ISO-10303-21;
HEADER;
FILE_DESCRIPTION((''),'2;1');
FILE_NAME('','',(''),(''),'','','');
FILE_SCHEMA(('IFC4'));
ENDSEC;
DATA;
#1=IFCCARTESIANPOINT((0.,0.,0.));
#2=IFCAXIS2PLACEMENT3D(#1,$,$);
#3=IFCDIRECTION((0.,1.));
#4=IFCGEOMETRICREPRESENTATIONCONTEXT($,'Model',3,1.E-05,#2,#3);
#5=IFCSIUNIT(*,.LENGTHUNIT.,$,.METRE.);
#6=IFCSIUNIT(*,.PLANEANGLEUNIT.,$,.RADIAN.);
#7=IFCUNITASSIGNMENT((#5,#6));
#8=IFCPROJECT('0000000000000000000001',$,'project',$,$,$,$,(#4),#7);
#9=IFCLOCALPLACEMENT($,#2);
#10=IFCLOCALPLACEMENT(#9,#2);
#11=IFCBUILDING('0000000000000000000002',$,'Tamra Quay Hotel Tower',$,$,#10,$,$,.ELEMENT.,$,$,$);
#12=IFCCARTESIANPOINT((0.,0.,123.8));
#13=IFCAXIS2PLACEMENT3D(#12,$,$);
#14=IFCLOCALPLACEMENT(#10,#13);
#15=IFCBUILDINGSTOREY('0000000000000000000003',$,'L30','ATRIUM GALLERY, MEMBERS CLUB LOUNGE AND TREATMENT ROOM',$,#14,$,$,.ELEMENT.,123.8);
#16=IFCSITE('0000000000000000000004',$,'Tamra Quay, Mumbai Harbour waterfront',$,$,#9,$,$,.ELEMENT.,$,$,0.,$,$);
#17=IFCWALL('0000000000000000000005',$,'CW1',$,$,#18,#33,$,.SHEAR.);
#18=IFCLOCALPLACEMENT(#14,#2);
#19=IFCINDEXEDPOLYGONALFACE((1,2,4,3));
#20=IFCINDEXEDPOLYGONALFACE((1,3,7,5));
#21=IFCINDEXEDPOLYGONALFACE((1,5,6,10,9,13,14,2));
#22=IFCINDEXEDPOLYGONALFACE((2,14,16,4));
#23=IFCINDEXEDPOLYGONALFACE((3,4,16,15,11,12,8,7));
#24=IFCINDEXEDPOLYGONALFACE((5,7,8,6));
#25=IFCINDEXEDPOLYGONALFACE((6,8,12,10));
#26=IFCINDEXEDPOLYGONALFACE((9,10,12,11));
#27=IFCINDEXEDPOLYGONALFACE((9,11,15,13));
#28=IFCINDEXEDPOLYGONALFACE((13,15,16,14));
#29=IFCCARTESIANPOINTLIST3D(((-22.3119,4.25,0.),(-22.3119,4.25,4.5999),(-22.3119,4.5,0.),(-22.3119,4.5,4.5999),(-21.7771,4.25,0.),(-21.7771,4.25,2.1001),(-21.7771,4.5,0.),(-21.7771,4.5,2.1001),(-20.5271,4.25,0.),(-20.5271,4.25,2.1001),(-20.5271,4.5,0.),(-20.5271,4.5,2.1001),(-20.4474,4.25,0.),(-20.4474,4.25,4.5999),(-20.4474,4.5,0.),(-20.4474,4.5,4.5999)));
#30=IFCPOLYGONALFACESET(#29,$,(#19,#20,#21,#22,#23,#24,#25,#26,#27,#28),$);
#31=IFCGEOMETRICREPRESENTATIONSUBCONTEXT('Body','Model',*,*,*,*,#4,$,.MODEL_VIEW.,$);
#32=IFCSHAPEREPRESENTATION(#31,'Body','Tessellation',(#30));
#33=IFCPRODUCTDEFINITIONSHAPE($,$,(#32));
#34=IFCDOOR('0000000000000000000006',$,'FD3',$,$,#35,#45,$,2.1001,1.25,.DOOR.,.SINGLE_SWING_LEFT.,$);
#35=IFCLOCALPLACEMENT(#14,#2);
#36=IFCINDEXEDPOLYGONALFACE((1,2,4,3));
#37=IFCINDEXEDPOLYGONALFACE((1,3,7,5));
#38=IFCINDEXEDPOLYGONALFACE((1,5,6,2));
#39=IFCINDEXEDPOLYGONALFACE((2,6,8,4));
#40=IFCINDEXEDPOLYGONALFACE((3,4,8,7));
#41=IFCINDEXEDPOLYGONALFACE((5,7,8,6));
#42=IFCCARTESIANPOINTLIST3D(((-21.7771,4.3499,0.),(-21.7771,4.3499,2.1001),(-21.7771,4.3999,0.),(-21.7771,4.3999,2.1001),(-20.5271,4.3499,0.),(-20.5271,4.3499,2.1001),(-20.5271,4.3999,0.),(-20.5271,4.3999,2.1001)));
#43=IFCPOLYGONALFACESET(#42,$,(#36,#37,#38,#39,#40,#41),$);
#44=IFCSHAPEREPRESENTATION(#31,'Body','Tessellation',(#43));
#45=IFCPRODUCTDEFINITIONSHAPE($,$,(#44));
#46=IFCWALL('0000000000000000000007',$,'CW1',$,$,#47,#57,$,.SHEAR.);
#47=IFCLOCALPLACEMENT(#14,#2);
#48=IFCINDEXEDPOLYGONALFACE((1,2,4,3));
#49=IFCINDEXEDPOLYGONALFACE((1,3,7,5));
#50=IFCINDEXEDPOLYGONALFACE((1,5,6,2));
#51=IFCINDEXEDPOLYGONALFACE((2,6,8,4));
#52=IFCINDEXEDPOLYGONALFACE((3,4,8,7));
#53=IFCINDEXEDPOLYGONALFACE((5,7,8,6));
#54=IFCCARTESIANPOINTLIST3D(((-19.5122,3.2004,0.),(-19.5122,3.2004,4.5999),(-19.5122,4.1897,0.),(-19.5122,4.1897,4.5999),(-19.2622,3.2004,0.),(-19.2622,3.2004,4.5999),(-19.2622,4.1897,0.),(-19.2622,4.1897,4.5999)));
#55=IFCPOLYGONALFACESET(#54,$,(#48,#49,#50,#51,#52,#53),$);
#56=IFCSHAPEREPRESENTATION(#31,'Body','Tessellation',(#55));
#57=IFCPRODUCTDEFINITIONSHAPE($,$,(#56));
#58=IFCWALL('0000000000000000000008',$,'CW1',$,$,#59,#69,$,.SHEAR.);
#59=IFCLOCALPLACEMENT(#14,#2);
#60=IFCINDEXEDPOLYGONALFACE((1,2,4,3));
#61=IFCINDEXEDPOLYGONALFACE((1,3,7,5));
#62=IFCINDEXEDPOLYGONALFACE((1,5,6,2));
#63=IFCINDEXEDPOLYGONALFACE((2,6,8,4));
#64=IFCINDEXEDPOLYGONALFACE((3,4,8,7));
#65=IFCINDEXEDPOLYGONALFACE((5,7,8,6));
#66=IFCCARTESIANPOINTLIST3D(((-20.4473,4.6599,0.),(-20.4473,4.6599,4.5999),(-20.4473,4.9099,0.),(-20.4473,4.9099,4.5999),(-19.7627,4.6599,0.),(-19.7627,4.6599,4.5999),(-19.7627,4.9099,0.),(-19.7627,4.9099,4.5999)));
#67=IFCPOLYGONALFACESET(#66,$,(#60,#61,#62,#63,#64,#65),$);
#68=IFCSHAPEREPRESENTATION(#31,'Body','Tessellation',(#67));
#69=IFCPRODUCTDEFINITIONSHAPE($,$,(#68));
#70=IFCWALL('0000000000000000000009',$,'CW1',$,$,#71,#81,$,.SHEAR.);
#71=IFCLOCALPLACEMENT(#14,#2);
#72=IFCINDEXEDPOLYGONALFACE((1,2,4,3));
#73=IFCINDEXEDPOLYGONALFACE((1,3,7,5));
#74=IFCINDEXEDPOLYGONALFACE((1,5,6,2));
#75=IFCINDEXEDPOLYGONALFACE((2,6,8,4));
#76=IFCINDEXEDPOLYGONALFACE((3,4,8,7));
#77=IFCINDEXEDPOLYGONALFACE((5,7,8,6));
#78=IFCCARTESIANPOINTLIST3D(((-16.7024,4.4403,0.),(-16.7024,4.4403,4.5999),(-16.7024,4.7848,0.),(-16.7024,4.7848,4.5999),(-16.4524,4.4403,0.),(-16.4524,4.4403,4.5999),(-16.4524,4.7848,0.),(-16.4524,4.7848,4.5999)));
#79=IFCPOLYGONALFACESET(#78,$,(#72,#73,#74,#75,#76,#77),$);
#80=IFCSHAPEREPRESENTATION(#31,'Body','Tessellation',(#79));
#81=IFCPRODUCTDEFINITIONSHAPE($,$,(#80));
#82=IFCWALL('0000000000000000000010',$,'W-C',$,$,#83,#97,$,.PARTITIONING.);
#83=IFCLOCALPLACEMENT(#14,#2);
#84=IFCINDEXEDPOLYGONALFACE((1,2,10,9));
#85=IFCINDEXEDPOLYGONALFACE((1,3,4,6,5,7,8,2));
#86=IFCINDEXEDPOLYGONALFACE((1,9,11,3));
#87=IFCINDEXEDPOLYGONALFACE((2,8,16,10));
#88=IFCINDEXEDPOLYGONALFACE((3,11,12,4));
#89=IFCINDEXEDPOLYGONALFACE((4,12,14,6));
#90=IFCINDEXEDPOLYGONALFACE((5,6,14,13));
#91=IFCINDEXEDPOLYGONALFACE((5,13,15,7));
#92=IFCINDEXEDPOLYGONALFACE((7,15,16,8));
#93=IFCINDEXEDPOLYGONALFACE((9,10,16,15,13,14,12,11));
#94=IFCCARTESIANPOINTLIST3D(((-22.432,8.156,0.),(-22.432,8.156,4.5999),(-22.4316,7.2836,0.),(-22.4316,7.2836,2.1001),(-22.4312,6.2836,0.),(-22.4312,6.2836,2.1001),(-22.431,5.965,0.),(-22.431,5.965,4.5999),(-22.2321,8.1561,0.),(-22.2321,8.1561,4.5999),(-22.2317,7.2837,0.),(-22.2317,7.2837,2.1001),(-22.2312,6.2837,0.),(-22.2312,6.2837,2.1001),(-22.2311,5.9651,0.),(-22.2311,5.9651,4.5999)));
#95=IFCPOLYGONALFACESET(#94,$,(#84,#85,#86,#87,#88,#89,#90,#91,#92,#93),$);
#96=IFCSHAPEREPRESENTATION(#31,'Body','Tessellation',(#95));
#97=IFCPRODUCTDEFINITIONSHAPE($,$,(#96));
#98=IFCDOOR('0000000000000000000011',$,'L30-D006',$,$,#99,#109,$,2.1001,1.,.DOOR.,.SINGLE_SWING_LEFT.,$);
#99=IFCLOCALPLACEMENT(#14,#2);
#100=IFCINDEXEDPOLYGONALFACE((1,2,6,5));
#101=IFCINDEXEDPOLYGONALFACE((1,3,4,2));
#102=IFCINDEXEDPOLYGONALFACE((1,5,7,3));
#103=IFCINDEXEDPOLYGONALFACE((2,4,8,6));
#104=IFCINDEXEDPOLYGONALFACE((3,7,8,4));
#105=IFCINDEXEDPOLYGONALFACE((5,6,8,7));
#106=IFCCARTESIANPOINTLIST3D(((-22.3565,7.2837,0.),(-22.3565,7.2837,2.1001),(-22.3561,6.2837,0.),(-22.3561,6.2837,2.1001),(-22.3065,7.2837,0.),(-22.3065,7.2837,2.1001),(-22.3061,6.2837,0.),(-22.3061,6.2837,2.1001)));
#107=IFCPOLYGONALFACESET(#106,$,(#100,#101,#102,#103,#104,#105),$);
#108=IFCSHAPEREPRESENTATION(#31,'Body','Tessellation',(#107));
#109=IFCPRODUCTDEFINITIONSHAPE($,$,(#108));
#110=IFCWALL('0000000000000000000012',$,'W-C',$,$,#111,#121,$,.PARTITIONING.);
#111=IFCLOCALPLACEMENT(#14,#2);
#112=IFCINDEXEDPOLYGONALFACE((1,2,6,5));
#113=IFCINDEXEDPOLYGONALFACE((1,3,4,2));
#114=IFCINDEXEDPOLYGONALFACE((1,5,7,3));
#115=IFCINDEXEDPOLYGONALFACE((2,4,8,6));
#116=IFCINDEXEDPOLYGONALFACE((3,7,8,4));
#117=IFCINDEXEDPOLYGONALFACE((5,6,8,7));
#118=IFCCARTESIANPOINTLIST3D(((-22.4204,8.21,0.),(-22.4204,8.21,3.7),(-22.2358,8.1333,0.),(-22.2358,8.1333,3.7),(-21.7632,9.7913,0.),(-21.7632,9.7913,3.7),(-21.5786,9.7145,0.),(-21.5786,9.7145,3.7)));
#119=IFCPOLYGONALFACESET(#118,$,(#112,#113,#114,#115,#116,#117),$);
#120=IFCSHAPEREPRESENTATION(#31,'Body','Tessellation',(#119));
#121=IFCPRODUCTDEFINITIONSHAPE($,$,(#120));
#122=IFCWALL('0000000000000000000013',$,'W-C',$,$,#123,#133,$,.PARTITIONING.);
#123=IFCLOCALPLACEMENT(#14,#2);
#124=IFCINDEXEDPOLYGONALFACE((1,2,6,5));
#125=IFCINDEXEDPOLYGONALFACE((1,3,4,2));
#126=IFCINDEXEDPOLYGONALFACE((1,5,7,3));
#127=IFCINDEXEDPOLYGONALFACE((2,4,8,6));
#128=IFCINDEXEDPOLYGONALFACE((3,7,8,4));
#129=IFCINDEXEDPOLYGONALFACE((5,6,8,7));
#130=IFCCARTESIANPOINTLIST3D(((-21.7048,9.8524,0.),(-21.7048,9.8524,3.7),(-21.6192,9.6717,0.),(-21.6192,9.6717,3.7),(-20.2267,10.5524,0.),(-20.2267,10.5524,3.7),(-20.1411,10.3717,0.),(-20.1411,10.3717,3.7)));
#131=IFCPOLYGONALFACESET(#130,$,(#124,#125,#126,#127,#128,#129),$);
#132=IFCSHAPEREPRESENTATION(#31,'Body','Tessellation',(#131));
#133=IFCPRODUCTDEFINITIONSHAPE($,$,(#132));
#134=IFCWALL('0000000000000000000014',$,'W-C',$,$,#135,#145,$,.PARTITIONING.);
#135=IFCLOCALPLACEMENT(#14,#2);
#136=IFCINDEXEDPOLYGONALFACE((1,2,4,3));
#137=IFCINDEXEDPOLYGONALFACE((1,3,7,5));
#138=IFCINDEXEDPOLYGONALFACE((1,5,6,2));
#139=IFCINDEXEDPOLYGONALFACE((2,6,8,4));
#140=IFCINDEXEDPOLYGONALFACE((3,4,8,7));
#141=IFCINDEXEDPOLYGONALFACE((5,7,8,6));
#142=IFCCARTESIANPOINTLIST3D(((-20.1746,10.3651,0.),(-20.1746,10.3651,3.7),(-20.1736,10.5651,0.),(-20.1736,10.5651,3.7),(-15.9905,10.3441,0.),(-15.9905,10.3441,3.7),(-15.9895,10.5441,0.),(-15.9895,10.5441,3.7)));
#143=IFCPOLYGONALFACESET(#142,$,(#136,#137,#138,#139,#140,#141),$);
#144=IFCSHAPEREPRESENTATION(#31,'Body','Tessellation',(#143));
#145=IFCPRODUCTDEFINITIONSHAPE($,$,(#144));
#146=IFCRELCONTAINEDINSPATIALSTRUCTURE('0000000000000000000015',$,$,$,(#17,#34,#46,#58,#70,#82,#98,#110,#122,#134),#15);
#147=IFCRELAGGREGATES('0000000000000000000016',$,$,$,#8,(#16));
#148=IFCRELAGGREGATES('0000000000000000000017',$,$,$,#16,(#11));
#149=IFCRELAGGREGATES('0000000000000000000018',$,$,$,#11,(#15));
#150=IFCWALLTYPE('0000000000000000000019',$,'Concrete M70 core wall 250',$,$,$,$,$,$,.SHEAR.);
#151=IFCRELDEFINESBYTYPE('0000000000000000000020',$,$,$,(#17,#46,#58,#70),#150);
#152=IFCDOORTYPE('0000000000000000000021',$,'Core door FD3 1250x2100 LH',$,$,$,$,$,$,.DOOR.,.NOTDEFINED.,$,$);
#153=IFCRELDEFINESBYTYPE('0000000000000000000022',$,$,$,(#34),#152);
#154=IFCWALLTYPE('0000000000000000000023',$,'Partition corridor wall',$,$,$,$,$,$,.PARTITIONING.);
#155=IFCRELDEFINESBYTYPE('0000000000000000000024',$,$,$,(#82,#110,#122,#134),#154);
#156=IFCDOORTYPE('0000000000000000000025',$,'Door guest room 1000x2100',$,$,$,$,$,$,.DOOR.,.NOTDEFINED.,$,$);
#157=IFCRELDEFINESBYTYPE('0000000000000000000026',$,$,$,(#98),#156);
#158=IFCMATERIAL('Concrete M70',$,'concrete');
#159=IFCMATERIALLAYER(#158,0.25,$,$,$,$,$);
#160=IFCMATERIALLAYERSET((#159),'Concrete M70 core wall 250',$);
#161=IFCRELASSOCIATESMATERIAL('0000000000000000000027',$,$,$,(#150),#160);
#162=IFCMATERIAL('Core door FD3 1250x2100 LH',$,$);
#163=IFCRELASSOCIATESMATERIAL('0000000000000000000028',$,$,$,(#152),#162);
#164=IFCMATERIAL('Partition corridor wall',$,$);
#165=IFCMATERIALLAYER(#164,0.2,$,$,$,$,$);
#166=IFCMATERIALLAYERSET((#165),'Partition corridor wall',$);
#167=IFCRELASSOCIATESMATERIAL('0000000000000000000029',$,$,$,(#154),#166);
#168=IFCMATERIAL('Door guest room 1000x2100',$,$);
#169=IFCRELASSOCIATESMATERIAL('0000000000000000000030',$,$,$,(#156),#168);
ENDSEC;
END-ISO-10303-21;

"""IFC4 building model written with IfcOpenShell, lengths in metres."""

from ifc_helpers import new_model, si_unit, direction, frame, frame_2d, origin, place, context, subcontext, project, spatial, rectangle, extrude, material, layer, layer_set, type_object, element, fill, save


model = new_model("IFC4")

# Units and contexts
model_context = context("Model", 3, precision=1e-05, world=origin(), true_north=direction((0.0, 1.0)))
body_context = subcontext(model_context, "Body", "Model", "MODEL_VIEW")
ifc_project = project(units=[si_unit("LENGTHUNIT", "METRE"), si_unit("PLANEANGLEUNIT", "RADIAN")], contexts=[model_context])

# Site, building, storey
site_placement = place(None, origin())
site = spatial("IfcSite", under=ifc_project, at=site_placement, Name="Tamra Quay, Mumbai Harbour waterfront", CompositionType="ELEMENT", RefElevation=0.0)
building_placement = place(site_placement, origin())
building = spatial("IfcBuilding", under=site, at=building_placement, Name="Tamra Quay Hotel Tower", CompositionType="ELEMENT")
storey_placement = place(building_placement, frame((0.0, 0.0, 123.8)))
storey = spatial("IfcBuildingStorey", under=building, at=storey_placement, Name="L30", Description="ATRIUM GALLERY, MEMBERS CLUB LOUNGE AND TREATMENT ROOM", CompositionType="ELEMENT", Elevation=123.8)

# Shared definitions
ifc_material_1 = material(Name="Concrete M70", Category="concrete")

# Shared definitions
ifc_layer_1 = layer(ifc_material_1, 0.25)
ifc_layer_set_1 = layer_set([ifc_layer_1], Name="Concrete M70 core wall 250")
wall_type_1 = type_object("IfcWallType", Name="Concrete M70 core wall 250", PredefinedType="SHEAR", material=ifc_layer_set_1)

# Wall, opening, door
wall_1_placement = place(storey_placement, frame((-22.3118, 4.375, 0.0), z_axis=(0.0, 0.0, 1.0), x_axis=(1.0, 0.0, 0.0)))
wall_1 = element("IfcWall", 1, at=wall_1_placement, inside=storey, type_object=wall_type_1, Name="CW1", PredefinedType="SHEAR", context=body_context, shape_type="SweptSolid", body=[
    extrude(rectangle(XDim=1.8645, YDim=0.25, at=frame_2d((0.9321, 0.0))), origin(), (0.0, 0.0, 1.0), 4.5999),
])
opening_1_placement = place(wall_1_placement, frame((0.5347, 0.0, 0.0)))
opening_1 = element("IfcOpeningElement", 2, at=opening_1_placement, cuts=wall_1, PredefinedType="OPENING", context=body_context, shape_type="SweptSolid", body=[
    extrude(rectangle(XDim=1.25, YDim=2.1001, at=frame_2d((0.625, 1.05))), frame((0.0, 0.135, 0.0), z_axis=(0.0, -1.0, 0.0), x_axis=(1.0, 0.0, 0.0)), (0.0, 0.0, 1.0), 0.27),
])
ifc_material_2 = material(Name="Core door FD3 1250x2100 LH")
door_type_1 = type_object("IfcDoorType", Name="Core door FD3 1250x2100 LH", OperationType="NOTDEFINED", PredefinedType="DOOR", material=ifc_material_2)
door_1_placement = place(opening_1_placement, origin())
door_1 = element("IfcDoor", 3, at=door_1_placement, inside=storey, type_object=door_type_1, Name="FD3", OperationType="SINGLE_SWING_LEFT", OverallHeight=2.1001, OverallWidth=1.25, PredefinedType="DOOR", context=body_context, shape_type="SweptSolid", body=[
    extrude(rectangle(XDim=1.25, YDim=2.1001, at=frame_2d((0.625, 1.05))), frame((0.0, 0.0249, 0.0), z_axis=(0.0, -1.0, 0.0), x_axis=(1.0, 0.0, 0.0)), (0.0, 0.0, 1.0), 0.05),
])
fill(opening_1, door_1)

# Walls
wall_2_placement = place(storey_placement, frame((-19.3872, 4.1897, 0.0), z_axis=(0.0, 0.0, 1.0), x_axis=(0.0, -1.0, 0.0)))
element("IfcWall", 4, at=wall_2_placement, inside=storey, type_object=wall_type_1, Name="CW1", PredefinedType="SHEAR", context=body_context, shape_type="SweptSolid", body=[
    extrude(rectangle(XDim=0.9893, YDim=0.25, at=frame_2d((0.4946, 0.0))), origin(), (0.0, 0.0, 1.0), 4.5999),
])
wall_3_placement = place(storey_placement, frame((-20.4473, 4.7849, 0.0), z_axis=(0.0, 0.0, 1.0), x_axis=(1.0, 0.0, 0.0)))
element("IfcWall", 5, at=wall_3_placement, inside=storey, type_object=wall_type_1, Name="CW1", PredefinedType="SHEAR", context=body_context, shape_type="SweptSolid", body=[
    extrude(rectangle(XDim=0.6846, YDim=0.25, at=frame_2d((0.3423, 0.0))), origin(), (0.0, 0.0, 1.0), 4.5999),
])
wall_4_placement = place(storey_placement, frame((-16.5774, 4.7849, 0.0), z_axis=(0.0, 0.0, 1.0), x_axis=(0.0, -1.0, 0.0)))
element("IfcWall", 6, at=wall_4_placement, inside=storey, type_object=wall_type_1, Name="CW1", PredefinedType="SHEAR", context=body_context, shape_type="SweptSolid", body=[
    extrude(rectangle(XDim=0.3445, YDim=0.25, at=frame_2d((0.1724, 0.0))), origin(), (0.0, 0.0, 1.0), 4.5999),
])
ifc_material_3 = material(Name="Partition corridor wall")
ifc_layer_2 = layer(ifc_material_3, 0.2)
ifc_layer_set_2 = layer_set([ifc_layer_2], Name="Partition corridor wall")
wall_type_2 = type_object("IfcWallType", Name="Partition corridor wall", PredefinedType="PARTITIONING", material=ifc_layer_set_2)

# Wall, opening, door
wall_5_placement = place(storey_placement, frame((-22.332, 8.156, 0.0), z_axis=(0.0, 0.0, 1.0), x_axis=(0.000446, -1.0, 0.0)))
wall_5 = element("IfcWall", 7, at=wall_5_placement, inside=storey, type_object=wall_type_2, Name="W-C", PredefinedType="PARTITIONING", context=body_context, shape_type="SweptSolid", body=[
    extrude(rectangle(XDim=2.1909, YDim=0.2, at=frame_2d((1.0955, 0.0))), origin(), (0.0, 0.0, 1.0), 4.5999),
])
opening_2_placement = place(wall_5_placement, frame((0.8723, 0.0, 0.0)))
opening_2 = element("IfcOpeningElement", 8, at=opening_2_placement, cuts=wall_5, PredefinedType="OPENING", context=body_context, shape_type="SweptSolid", body=[
    extrude(rectangle(XDim=1.0, YDim=2.1001, at=frame_2d((0.5, 1.05))), frame((0.0, 0.1099, 0.0), z_axis=(0.0, -1.0, 0.0), x_axis=(1.0, 0.0, 0.0)), (0.0, 0.0, 1.0), 0.22),
])
ifc_material_4 = material(Name="Door guest room 1000x2100")
door_type_2 = type_object("IfcDoorType", Name="Door guest room 1000x2100", OperationType="NOTDEFINED", PredefinedType="DOOR", material=ifc_material_4)
door_2_placement = place(opening_2_placement, frame((1.0, 0.0, 0.0), z_axis=(0.0, 0.0, 1.0), x_axis=(-1.0, 0.0, 0.0)))
door_2 = element("IfcDoor", 9, at=door_2_placement, inside=storey, type_object=door_type_2, Name="L30-D006", OperationType="SINGLE_SWING_LEFT", OverallHeight=2.1001, OverallWidth=1.0, PredefinedType="DOOR", context=body_context, shape_type="SweptSolid", body=[
    extrude(rectangle(XDim=1.0, YDim=2.1001, at=frame_2d((0.5, 1.05))), frame((0.0, 0.0249, 0.0), z_axis=(0.0, -1.0, 0.0), x_axis=(1.0, 0.0, 0.0)), (0.0, 0.0, 1.0), 0.05),
])
fill(opening_2, door_2)

# Walls
wall_6_placement = place(storey_placement, frame((-22.3281, 8.1716, 0.0), z_axis=(0.0, 0.0, 1.0), x_axis=(0.383795, 0.923418, 0.0)))
element("IfcWall", 10, at=wall_6_placement, inside=storey, type_object=wall_type_2, Name="W-C", PredefinedType="PARTITIONING", context=body_context, shape_type="SweptSolid", body=[
    extrude(rectangle(XDim=1.7124, YDim=0.2, at=frame_2d((0.8562, 0.0))), origin(), (0.0, 0.0, 1.0), 3.7),
])
wall_7_placement = place(storey_placement, frame((-21.6621, 9.762, 0.0), z_axis=(0.0, 0.0, 1.0), x_axis=(0.903777, 0.428003, 0.0)))
element("IfcWall", 11, at=wall_7_placement, inside=storey, type_object=wall_type_2, Name="W-C", PredefinedType="PARTITIONING", context=body_context, shape_type="SweptSolid", body=[
    extrude(rectangle(XDim=1.6355, YDim=0.2, at=frame_2d((0.8179, 0.0))), origin(), (0.0, 0.0, 1.0), 3.7),
])
wall_8_placement = place(storey_placement, frame((-20.1741, 10.4651, 0.0), z_axis=(0.0, 0.0, 1.0), x_axis=(0.999987, -0.005018, 0.0)))
element("IfcWall", 12, at=wall_8_placement, inside=storey, type_object=wall_type_2, Name="W-C", PredefinedType="PARTITIONING", context=body_context, shape_type="SweptSolid", body=[
    extrude(rectangle(XDim=4.1841, YDim=0.2, at=frame_2d((2.092, 0.0))), origin(), (0.0, 0.0, 1.0), 3.7),
])

save(model, "model.ifc")
